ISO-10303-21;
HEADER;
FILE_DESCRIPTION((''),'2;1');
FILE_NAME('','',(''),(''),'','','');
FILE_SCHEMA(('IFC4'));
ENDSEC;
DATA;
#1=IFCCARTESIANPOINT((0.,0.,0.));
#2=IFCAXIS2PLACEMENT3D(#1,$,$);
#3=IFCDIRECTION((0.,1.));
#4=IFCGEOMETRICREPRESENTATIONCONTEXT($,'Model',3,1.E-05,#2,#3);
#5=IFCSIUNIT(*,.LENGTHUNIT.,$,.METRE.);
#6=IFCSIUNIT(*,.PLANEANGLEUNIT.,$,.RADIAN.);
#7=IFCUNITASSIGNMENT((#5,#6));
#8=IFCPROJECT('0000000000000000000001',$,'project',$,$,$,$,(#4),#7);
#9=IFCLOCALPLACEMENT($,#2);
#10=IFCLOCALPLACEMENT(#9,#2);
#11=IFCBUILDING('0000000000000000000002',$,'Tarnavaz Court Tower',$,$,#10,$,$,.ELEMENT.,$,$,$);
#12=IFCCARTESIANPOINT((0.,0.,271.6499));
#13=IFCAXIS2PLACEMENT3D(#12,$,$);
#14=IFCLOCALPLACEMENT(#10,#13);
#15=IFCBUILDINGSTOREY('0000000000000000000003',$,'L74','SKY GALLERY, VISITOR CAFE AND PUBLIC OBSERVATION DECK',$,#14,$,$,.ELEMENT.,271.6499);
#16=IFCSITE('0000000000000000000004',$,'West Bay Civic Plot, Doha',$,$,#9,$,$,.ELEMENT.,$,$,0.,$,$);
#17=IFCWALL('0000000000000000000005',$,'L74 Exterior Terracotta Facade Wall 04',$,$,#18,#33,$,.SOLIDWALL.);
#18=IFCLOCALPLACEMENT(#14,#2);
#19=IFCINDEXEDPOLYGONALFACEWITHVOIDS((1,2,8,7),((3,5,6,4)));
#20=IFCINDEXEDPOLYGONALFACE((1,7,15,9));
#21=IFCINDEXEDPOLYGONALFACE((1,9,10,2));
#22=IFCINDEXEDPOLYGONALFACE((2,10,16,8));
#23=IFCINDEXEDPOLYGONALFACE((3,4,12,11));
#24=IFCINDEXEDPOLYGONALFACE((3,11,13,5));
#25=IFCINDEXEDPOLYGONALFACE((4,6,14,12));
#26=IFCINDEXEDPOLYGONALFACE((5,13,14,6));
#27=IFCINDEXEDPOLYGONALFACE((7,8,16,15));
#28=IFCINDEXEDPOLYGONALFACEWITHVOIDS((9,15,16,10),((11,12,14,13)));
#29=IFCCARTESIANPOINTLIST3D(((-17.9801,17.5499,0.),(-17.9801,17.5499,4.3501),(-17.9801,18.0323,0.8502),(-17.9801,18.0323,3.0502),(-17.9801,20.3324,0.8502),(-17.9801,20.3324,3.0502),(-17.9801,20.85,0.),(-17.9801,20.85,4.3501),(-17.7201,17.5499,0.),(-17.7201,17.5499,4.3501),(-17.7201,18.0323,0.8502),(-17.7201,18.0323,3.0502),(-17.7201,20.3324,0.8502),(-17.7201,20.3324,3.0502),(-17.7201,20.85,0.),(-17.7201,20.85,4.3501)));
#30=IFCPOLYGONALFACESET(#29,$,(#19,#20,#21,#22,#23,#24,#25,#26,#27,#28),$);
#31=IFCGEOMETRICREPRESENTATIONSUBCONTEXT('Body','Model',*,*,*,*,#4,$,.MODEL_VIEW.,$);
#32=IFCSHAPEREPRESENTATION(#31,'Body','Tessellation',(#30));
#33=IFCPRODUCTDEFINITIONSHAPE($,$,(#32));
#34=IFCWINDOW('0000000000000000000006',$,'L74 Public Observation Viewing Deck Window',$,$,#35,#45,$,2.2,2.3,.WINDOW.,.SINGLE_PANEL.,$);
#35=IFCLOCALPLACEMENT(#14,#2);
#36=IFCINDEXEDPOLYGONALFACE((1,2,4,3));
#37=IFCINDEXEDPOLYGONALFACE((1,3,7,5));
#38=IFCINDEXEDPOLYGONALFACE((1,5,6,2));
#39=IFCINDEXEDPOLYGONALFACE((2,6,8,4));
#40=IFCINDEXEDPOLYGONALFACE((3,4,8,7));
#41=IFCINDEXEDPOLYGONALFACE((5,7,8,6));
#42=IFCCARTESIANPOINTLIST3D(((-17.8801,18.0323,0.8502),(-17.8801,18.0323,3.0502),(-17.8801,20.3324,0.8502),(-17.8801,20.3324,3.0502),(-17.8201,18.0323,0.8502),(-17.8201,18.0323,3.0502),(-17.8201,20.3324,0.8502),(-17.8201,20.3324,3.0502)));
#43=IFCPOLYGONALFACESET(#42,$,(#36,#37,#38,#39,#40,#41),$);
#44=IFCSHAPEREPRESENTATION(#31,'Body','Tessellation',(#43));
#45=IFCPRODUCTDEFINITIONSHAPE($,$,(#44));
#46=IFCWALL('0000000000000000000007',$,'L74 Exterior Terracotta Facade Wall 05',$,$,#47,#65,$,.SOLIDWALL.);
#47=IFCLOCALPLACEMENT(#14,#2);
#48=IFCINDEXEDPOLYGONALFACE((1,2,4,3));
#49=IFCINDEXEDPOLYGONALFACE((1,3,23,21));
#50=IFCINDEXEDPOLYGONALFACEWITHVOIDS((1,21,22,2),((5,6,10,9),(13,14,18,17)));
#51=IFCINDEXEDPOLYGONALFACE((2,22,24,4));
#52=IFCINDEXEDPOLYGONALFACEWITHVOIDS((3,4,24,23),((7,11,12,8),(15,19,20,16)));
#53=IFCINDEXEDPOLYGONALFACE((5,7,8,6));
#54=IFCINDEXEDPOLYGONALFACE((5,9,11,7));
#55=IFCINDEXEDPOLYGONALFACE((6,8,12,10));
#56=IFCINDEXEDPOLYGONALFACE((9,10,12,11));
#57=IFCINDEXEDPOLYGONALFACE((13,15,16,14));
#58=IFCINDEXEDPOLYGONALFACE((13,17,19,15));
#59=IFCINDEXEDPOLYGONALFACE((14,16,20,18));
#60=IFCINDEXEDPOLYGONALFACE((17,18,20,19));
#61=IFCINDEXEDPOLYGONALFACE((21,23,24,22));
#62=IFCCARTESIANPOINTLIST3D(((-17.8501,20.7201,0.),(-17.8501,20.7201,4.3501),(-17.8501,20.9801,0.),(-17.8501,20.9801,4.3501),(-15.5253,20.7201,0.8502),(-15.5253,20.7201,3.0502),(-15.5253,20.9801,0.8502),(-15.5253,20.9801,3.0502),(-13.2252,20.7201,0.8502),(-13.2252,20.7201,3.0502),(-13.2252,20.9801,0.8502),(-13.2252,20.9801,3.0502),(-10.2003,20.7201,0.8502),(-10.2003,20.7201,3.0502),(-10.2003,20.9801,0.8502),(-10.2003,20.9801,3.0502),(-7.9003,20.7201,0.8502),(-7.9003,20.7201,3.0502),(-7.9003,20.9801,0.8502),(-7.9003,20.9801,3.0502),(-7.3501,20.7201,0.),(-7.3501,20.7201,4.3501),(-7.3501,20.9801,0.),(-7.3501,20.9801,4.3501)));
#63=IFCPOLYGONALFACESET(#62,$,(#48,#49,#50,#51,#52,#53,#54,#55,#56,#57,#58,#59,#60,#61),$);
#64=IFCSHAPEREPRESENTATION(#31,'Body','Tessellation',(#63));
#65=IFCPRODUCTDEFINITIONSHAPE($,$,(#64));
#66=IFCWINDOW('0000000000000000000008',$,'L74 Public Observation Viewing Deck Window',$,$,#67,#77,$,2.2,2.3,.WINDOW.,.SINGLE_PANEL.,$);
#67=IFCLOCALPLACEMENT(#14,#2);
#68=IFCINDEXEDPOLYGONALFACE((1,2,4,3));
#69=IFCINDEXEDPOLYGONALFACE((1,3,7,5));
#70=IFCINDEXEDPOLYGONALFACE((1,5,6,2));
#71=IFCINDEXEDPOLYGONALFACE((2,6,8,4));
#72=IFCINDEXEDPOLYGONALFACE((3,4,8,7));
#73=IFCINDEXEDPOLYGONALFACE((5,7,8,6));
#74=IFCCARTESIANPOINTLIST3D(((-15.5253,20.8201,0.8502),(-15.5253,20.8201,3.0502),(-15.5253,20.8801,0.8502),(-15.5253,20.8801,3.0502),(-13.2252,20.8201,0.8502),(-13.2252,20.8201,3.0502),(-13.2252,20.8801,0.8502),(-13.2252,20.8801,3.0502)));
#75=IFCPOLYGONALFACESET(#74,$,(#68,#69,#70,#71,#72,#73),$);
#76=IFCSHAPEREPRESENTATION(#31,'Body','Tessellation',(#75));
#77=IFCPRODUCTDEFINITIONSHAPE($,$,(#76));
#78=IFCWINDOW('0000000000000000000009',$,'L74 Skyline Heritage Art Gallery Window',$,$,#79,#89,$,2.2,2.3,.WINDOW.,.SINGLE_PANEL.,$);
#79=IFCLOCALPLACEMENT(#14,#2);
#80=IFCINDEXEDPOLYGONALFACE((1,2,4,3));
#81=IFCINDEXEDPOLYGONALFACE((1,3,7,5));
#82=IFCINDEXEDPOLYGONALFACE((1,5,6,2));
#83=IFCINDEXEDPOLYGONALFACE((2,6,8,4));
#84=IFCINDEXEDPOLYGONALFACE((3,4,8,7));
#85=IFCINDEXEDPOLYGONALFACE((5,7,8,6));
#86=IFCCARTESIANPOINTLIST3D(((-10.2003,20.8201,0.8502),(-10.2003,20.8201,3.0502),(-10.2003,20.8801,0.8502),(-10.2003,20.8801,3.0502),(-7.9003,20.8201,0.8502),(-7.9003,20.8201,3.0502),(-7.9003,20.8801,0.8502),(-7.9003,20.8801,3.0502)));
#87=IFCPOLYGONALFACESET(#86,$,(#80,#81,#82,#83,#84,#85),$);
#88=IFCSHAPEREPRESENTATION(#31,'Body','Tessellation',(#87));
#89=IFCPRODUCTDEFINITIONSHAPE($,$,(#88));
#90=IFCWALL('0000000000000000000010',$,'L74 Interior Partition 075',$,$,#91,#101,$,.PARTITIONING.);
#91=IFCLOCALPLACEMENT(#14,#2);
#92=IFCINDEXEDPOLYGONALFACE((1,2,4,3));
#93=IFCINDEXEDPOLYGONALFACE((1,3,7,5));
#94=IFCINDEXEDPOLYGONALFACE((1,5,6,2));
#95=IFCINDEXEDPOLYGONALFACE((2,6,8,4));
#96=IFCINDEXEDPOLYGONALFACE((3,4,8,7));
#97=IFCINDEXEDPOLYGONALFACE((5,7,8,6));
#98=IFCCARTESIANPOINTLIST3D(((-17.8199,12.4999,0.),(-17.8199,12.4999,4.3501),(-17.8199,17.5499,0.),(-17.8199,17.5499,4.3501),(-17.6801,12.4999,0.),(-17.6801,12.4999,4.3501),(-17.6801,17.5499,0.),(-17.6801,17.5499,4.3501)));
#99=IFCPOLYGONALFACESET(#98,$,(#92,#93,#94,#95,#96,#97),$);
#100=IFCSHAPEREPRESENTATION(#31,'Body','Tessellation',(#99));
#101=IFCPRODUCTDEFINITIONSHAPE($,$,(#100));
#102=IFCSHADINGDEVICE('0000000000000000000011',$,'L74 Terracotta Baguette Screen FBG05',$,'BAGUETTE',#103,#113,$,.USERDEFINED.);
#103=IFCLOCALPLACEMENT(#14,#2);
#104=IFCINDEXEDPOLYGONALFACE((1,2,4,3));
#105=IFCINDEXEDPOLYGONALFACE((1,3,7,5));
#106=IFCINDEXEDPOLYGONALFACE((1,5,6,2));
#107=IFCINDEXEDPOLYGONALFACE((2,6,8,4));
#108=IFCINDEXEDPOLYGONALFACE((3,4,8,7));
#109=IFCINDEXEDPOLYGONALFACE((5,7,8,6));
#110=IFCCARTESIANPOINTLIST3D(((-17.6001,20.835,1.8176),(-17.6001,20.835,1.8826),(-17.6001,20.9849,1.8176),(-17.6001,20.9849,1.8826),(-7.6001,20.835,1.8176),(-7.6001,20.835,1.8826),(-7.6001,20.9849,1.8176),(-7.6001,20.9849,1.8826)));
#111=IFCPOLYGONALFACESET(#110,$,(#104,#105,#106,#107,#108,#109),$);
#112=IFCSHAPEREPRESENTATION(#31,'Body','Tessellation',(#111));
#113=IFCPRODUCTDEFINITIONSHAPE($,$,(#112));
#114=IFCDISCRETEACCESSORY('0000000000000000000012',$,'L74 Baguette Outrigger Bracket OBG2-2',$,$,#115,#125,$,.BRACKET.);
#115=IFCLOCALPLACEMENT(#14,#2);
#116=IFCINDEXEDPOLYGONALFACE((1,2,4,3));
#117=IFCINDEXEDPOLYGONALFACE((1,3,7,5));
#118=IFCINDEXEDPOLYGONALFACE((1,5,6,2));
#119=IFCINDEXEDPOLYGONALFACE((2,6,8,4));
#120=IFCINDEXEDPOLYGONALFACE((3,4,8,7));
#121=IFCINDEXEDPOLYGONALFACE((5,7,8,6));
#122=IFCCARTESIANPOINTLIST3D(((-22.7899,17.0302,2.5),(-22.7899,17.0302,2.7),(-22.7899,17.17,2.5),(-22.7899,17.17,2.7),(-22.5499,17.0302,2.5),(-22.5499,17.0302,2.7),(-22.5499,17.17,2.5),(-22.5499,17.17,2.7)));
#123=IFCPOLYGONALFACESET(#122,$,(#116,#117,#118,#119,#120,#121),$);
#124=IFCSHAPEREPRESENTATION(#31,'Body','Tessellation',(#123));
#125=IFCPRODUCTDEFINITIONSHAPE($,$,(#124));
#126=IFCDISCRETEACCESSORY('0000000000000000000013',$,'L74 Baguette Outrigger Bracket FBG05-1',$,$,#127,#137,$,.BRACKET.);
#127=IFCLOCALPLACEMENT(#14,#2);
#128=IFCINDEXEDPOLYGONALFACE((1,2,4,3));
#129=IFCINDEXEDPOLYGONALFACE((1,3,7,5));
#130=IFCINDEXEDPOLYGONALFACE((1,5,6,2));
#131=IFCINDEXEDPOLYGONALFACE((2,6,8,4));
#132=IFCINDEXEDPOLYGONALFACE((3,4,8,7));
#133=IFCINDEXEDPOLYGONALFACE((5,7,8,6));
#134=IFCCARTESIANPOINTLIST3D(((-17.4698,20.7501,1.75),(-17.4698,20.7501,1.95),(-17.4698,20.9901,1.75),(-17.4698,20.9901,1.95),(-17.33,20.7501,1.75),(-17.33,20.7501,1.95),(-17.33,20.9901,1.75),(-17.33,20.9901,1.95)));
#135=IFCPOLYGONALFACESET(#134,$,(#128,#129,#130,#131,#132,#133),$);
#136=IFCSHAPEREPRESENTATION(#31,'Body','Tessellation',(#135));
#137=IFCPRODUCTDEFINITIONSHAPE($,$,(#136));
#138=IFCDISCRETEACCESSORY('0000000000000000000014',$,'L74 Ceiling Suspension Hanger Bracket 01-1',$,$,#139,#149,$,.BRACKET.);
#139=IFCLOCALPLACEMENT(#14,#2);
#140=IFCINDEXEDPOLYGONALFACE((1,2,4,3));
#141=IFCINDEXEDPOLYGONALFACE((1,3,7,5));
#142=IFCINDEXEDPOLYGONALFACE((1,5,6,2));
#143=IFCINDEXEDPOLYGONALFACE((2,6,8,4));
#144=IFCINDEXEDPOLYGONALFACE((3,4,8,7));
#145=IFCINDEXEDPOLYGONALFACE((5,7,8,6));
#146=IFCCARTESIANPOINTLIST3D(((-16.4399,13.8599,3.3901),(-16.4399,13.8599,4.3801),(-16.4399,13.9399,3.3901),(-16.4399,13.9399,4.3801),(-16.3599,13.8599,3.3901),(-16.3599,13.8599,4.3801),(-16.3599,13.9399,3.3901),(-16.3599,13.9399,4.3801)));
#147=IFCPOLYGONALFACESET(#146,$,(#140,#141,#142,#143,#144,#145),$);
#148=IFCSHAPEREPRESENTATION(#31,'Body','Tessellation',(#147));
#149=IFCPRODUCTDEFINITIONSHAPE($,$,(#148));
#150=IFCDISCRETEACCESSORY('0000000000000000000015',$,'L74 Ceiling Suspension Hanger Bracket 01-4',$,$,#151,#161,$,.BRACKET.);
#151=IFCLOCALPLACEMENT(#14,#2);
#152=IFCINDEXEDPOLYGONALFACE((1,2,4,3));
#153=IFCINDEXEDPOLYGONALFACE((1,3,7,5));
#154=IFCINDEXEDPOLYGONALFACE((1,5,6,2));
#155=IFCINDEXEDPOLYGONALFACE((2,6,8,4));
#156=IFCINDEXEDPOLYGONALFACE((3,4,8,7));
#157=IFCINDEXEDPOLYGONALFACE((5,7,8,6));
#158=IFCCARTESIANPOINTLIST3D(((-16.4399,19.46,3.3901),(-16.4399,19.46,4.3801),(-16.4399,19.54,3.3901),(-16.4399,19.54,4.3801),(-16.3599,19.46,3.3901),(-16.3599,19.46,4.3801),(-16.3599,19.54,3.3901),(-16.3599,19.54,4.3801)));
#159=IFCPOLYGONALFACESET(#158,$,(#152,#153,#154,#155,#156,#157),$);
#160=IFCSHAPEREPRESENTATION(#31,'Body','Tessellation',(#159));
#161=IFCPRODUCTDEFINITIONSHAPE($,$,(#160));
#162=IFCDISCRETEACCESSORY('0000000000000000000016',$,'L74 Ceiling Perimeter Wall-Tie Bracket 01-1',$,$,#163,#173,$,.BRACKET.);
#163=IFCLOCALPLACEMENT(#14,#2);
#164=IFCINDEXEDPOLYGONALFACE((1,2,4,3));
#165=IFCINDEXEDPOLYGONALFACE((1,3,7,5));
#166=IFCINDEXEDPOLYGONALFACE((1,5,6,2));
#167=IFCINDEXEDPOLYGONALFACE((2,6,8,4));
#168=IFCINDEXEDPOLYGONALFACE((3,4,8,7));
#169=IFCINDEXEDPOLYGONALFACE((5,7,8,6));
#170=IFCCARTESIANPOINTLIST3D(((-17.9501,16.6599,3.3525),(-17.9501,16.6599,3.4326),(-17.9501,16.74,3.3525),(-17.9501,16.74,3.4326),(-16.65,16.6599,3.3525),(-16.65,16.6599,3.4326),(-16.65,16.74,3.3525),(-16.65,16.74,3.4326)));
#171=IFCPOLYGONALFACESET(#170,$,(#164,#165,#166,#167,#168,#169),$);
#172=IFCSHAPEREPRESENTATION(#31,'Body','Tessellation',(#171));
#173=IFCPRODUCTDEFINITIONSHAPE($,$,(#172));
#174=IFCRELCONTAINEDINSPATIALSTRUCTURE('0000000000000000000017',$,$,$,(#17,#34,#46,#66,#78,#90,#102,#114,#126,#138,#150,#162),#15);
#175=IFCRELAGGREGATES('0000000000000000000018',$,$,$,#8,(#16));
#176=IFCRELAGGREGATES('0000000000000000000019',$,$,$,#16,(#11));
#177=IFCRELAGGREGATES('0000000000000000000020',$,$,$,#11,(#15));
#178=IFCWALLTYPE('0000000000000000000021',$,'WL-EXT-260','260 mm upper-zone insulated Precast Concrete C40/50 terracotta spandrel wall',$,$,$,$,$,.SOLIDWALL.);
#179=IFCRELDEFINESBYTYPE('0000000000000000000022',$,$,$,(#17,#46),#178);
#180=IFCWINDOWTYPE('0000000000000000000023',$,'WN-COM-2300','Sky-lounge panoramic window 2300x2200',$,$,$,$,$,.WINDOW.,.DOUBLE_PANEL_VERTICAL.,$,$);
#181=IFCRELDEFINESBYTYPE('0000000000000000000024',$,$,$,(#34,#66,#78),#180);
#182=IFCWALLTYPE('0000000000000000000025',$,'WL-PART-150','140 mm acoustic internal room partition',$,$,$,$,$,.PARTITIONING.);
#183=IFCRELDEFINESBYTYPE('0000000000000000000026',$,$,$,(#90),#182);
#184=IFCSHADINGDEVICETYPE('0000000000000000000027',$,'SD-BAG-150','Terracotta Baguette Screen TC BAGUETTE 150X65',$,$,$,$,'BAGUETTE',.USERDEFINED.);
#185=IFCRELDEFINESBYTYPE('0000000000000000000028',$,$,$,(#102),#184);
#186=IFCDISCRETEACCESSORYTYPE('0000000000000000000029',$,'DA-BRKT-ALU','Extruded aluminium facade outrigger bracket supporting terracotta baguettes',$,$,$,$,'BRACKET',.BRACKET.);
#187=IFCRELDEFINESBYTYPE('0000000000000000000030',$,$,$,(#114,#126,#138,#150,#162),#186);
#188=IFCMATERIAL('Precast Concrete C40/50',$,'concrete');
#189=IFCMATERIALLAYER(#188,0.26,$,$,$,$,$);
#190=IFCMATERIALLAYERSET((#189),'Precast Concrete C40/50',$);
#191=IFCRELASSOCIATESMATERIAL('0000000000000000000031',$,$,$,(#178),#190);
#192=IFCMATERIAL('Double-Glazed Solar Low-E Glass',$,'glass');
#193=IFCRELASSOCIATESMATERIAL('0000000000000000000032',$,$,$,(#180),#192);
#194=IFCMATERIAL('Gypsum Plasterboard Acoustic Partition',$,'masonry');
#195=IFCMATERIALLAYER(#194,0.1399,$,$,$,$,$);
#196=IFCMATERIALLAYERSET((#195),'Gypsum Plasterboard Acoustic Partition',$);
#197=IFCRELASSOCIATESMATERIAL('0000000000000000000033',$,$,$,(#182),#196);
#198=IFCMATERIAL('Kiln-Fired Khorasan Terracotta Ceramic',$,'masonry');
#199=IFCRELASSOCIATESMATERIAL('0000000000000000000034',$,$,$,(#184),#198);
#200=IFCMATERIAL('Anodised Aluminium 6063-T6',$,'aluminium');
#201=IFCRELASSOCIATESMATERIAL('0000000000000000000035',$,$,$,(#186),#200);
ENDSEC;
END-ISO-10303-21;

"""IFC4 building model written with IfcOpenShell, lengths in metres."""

from ifc_helpers import new_model, si_unit, direction, frame, frame_2d, origin, origin_2d, place, context, subcontext, project, spatial, rectangle, extrude, material, layer, layer_set, material_profile, profile_set, type_object, element, fill, save


model = new_model("IFC4")

# Units and contexts
model_context = context("Model", 3, precision=1e-05, world=origin(), true_north=direction((0.0, 1.0)))
body_context = subcontext(model_context, "Body", "Model", "MODEL_VIEW")
ifc_project = project(units=[si_unit("LENGTHUNIT", "METRE"), si_unit("PLANEANGLEUNIT", "RADIAN")], contexts=[model_context])

# Site, building, storey
site_placement = place(None, origin())
site = spatial("IfcSite", under=ifc_project, at=site_placement, Name="West Bay Civic Plot, Doha", CompositionType="ELEMENT", RefElevation=0.0)
building_placement = place(site_placement, origin())
building = spatial("IfcBuilding", under=site, at=building_placement, Name="Tarnavaz Court Tower", CompositionType="ELEMENT")
storey_placement = place(building_placement, frame((0.0, 0.0, 271.6499)))
storey = spatial("IfcBuildingStorey", under=building, at=storey_placement, Name="L74", Description="SKY GALLERY, VISITOR CAFE AND PUBLIC OBSERVATION DECK", CompositionType="ELEMENT", Elevation=271.6499)

# Shared definitions
ifc_material_1 = material(Name="Anodised Aluminium 6063-T6", Category="aluminium")
ifc_material_2 = material(Name="Double-Glazed Solar Low-E Glass", Category="glass")

# Wall, opening, window
ifc_material_3 = material(Name="Precast Concrete C40/50", Category="concrete")
ifc_layer_1 = layer(ifc_material_3, 0.26)
ifc_layer_set_1 = layer_set([ifc_layer_1], Name="Precast Concrete C40/50")
wall_type_1 = type_object("IfcWallType", Name="WL-EXT-260", Description="260 mm upper-zone insulated Precast Concrete C40/50 terracotta spandrel wall", PredefinedType="SOLIDWALL", material=ifc_layer_set_1)
window_type = type_object("IfcWindowType", Name="WN-COM-2300", Description="Sky-lounge panoramic window 2300x2200", PartitioningType="DOUBLE_PANEL_VERTICAL", PredefinedType="WINDOW", material=ifc_material_2)
wall_1_placement = place(storey_placement, frame((-17.8501, 17.55, 0.0), z_axis=(0.0, 0.0, 1.0), x_axis=(0.0, 1.0, 0.0)))
wall_1 = element("IfcWall", 1, at=wall_1_placement, inside=storey, type_object=wall_type_1, Name="L74 Exterior Terracotta Facade Wall 04", PredefinedType="SOLIDWALL", context=body_context, shape_type="SweptSolid", body=[
    extrude(rectangle(XDim=3.3, YDim=0.26, at=frame_2d((1.6499, 0.0))), origin(), (0.0, 0.0, 1.0), 4.3501),
])
opening_1_placement = place(wall_1_placement, frame((0.4824, 0.0, 0.8501)))
opening_1 = element("IfcOpeningElement", 2, at=opening_1_placement, cuts=wall_1, PredefinedType="OPENING", context=body_context, shape_type="SweptSolid", body=[
    extrude(rectangle(XDim=2.3, YDim=2.2, at=frame_2d((1.1499, 1.1001))), frame((0.0, 0.1399, 0.0), z_axis=(0.0, -1.0, 0.0), x_axis=(1.0, 0.0, 0.0)), (0.0, 0.0, 1.0), 0.28),
])
window_1_placement = place(opening_1_placement, origin())
window_1 = element("IfcWindow", 3, at=window_1_placement, inside=storey, type_object=window_type, Name="L74 Public Observation Viewing Deck Window", OverallHeight=2.2, OverallWidth=2.3, PartitioningType="SINGLE_PANEL", PredefinedType="WINDOW", context=body_context, shape_type="SweptSolid", body=[
    extrude(rectangle(XDim=2.3, YDim=2.2, at=frame_2d((1.1499, 1.1001))), frame((0.0, 0.03, 0.0), z_axis=(0.0, -1.0, 0.0), x_axis=(1.0, 0.0, 0.0)), (0.0, 0.0, 1.0), 0.0601),
])
fill(opening_1, window_1)

# Wall, openings, windows
wall_2_placement = place(storey_placement, frame((-17.8501, 20.8501, 0.0), z_axis=(0.0, 0.0, 1.0), x_axis=(1.0, 0.0, 0.0)))
wall_2 = element("IfcWall", 4, at=wall_2_placement, inside=storey, type_object=wall_type_1, Name="L74 Exterior Terracotta Facade Wall 05", PredefinedType="SOLIDWALL", context=body_context, shape_type="SweptSolid", body=[
    extrude(rectangle(XDim=10.5, YDim=0.26, at=frame_2d((5.25, 0.0))), origin(), (0.0, 0.0, 1.0), 4.3501),
])
opening_2_placement = place(wall_2_placement, frame((2.325, 0.0, 0.8501)))
opening_2 = element("IfcOpeningElement", 5, at=opening_2_placement, cuts=wall_2, PredefinedType="OPENING", context=body_context, shape_type="SweptSolid", body=[
    extrude(rectangle(XDim=2.3, YDim=2.2, at=frame_2d((1.1499, 1.1001))), frame((0.0, 0.1399, 0.0), z_axis=(0.0, -1.0, 0.0), x_axis=(1.0, 0.0, 0.0)), (0.0, 0.0, 1.0), 0.28),
])
opening_3_placement = place(wall_2_placement, frame((7.6499, 0.0, 0.8501)))
opening_3 = element("IfcOpeningElement", 6, at=opening_3_placement, cuts=wall_2, PredefinedType="OPENING", context=body_context, shape_type="SweptSolid", body=[
    extrude(rectangle(XDim=2.3, YDim=2.2, at=frame_2d((1.1499, 1.1001))), frame((0.0, 0.1399, 0.0), z_axis=(0.0, -1.0, 0.0), x_axis=(1.0, 0.0, 0.0)), (0.0, 0.0, 1.0), 0.28),
])
window_2_placement = place(opening_2_placement, origin())
window_2 = element("IfcWindow", 7, at=window_2_placement, inside=storey, type_object=window_type, Name="L74 Public Observation Viewing Deck Window", OverallHeight=2.2, OverallWidth=2.3, PartitioningType="SINGLE_PANEL", PredefinedType="WINDOW", context=body_context, shape_type="SweptSolid", body=[
    extrude(rectangle(XDim=2.3, YDim=2.2, at=frame_2d((1.1499, 1.1001))), frame((0.0, 0.03, 0.0), z_axis=(0.0, -1.0, 0.0), x_axis=(1.0, 0.0, 0.0)), (0.0, 0.0, 1.0), 0.0601),
])
fill(opening_2, window_2)
window_3_placement = place(opening_3_placement, origin())
window_3 = element("IfcWindow", 8, at=window_3_placement, inside=storey, type_object=window_type, Name="L74 Skyline Heritage Art Gallery Window", OverallHeight=2.2, OverallWidth=2.3, PartitioningType="SINGLE_PANEL", PredefinedType="WINDOW", context=body_context, shape_type="SweptSolid", body=[
    extrude(rectangle(XDim=2.3, YDim=2.2, at=frame_2d((1.1499, 1.1001))), frame((0.0, 0.03, 0.0), z_axis=(0.0, -1.0, 0.0), x_axis=(1.0, 0.0, 0.0)), (0.0, 0.0, 1.0), 0.0601),
])
fill(opening_3, window_3)

# Wall
ifc_material_4 = material(Name="Gypsum Plasterboard Acoustic Partition", Category="masonry")
ifc_layer_2 = layer(ifc_material_4, 0.1399)
ifc_layer_set_2 = layer_set([ifc_layer_2], Name="Gypsum Plasterboard Acoustic Partition")
wall_type_2 = type_object("IfcWallType", Name="WL-PART-150", Description="140 mm acoustic internal room partition", PredefinedType="PARTITIONING", material=ifc_layer_set_2)
wall_3_placement = place(storey_placement, frame((-17.75, 12.5, 0.0), z_axis=(0.0, 0.0, 1.0), x_axis=(0.0, 1.0, 0.0)))
element("IfcWall", 9, at=wall_3_placement, inside=storey, type_object=wall_type_2, Name="L74 Interior Partition 075", PredefinedType="PARTITIONING", context=body_context, shape_type="SweptSolid", body=[
    extrude(rectangle(XDim=5.05, YDim=0.1399, at=frame_2d((2.5249, 0.0))), origin(), (0.0, 0.0, 1.0), 4.3501),
])

# Shading device
ifc_material_5 = material(Name="Kiln-Fired Khorasan Terracotta Ceramic", Category="masonry")
ifc_material_profile_1 = material_profile(ifc_material_5, rectangle(XDim=0.1499, YDim=0.0649, at=origin_2d()), Name="TC BAGUETTE 150X65")
ifc_profile_set_1 = profile_set([ifc_material_profile_1], Name="Kiln-Fired Khorasan Terracotta Ceramic")
shading_device_type = type_object("IfcShadingDeviceType", Name="SD-BAG-150", Description="Terracotta Baguette Screen TC BAGUETTE 150X65", ElementType="BAGUETTE", PredefinedType="USERDEFINED", material=ifc_profile_set_1)
shading_device_placement = place(storey_placement, frame((-17.6001, 20.9099, 1.8501), z_axis=(1.0, 0.0, 0.0), x_axis=(0.0, 1.0, 0.0)))
element("IfcShadingDevice", 10, at=shading_device_placement, inside=storey, type_object=shading_device_type, Name="L74 Terracotta Baguette Screen FBG05", ObjectType="BAGUETTE", PredefinedType="USERDEFINED", context=body_context, shape_type="SweptSolid", body=[
    extrude(rectangle(XDim=0.1499, YDim=0.0649, at=origin_2d()), origin(), (0.0, 0.0, 1.0), 10.0),
])

# Discrete accessories
discrete_accessory_type = type_object("IfcDiscreteAccessoryType", Name="DA-BRKT-ALU", Description="Extruded aluminium facade outrigger bracket supporting terracotta baguettes", ElementType="BRACKET", PredefinedType="BRACKET", material=ifc_material_1)
for number, where, z_axis, x_axis, name in (
    (11, (-22.6699, 17.1001, 2.5), (0.0, 0.0, 1.0), (0.0, 1.0, 0.0), "L74 Baguette Outrigger Bracket OBG2-2"),
    (12, (-17.3999, 20.8701, 1.75), (0.0, 0.0, 1.0), (1.0, 0.0, 0.0), "L74 Baguette Outrigger Bracket FBG05-1"),
):
    element("IfcDiscreteAccessory", number, at=place(storey_placement, frame(where, z_axis=z_axis, x_axis=x_axis)), inside=storey, type_object=discrete_accessory_type, Name=name, PredefinedType="BRACKET", context=body_context, shape_type="SweptSolid", body=[
        extrude(rectangle(XDim=0.1399, YDim=0.24, at=origin_2d()), origin(), (0.0, 0.0, 1.0), 0.2),
    ])
for number, where, z_axis, x_axis, name in (
    (13, (-16.3999, 13.8999, 3.3901), (0.0, 0.0, 1.0), (1.0, 0.0, 0.0), "L74 Ceiling Suspension Hanger Bracket 01-1"),
    (14, (-16.3999, 19.5, 3.3901), (0.0, 0.0, 1.0), (1.0, 0.0, 0.0), "L74 Ceiling Suspension Hanger Bracket 01-4"),
):
    element("IfcDiscreteAccessory", number, at=place(storey_placement, frame(where, z_axis=z_axis, x_axis=x_axis)), inside=storey, type_object=discrete_accessory_type, Name=name, PredefinedType="BRACKET", context=body_context, shape_type="SweptSolid", body=[
        extrude(rectangle(XDim=0.0801, YDim=0.0801, at=origin_2d()), origin(), (0.0, 0.0, 1.0), 0.99),
    ])
discrete_accessory_placement = place(storey_placement, frame((-17.3, 16.7, 3.3525), z_axis=(0.0, 0.0, 1.0), x_axis=(1.0, 0.0, 0.0)))
element("IfcDiscreteAccessory", 15, at=discrete_accessory_placement, inside=storey, type_object=discrete_accessory_type, Name="L74 Ceiling Perimeter Wall-Tie Bracket 01-1", PredefinedType="BRACKET", context=body_context, shape_type="SweptSolid", body=[
    extrude(rectangle(XDim=1.3, YDim=0.0801, at=origin_2d()), origin(), (0.0, 0.0, 1.0), 0.0801),
])

save(model, "model.ifc")
